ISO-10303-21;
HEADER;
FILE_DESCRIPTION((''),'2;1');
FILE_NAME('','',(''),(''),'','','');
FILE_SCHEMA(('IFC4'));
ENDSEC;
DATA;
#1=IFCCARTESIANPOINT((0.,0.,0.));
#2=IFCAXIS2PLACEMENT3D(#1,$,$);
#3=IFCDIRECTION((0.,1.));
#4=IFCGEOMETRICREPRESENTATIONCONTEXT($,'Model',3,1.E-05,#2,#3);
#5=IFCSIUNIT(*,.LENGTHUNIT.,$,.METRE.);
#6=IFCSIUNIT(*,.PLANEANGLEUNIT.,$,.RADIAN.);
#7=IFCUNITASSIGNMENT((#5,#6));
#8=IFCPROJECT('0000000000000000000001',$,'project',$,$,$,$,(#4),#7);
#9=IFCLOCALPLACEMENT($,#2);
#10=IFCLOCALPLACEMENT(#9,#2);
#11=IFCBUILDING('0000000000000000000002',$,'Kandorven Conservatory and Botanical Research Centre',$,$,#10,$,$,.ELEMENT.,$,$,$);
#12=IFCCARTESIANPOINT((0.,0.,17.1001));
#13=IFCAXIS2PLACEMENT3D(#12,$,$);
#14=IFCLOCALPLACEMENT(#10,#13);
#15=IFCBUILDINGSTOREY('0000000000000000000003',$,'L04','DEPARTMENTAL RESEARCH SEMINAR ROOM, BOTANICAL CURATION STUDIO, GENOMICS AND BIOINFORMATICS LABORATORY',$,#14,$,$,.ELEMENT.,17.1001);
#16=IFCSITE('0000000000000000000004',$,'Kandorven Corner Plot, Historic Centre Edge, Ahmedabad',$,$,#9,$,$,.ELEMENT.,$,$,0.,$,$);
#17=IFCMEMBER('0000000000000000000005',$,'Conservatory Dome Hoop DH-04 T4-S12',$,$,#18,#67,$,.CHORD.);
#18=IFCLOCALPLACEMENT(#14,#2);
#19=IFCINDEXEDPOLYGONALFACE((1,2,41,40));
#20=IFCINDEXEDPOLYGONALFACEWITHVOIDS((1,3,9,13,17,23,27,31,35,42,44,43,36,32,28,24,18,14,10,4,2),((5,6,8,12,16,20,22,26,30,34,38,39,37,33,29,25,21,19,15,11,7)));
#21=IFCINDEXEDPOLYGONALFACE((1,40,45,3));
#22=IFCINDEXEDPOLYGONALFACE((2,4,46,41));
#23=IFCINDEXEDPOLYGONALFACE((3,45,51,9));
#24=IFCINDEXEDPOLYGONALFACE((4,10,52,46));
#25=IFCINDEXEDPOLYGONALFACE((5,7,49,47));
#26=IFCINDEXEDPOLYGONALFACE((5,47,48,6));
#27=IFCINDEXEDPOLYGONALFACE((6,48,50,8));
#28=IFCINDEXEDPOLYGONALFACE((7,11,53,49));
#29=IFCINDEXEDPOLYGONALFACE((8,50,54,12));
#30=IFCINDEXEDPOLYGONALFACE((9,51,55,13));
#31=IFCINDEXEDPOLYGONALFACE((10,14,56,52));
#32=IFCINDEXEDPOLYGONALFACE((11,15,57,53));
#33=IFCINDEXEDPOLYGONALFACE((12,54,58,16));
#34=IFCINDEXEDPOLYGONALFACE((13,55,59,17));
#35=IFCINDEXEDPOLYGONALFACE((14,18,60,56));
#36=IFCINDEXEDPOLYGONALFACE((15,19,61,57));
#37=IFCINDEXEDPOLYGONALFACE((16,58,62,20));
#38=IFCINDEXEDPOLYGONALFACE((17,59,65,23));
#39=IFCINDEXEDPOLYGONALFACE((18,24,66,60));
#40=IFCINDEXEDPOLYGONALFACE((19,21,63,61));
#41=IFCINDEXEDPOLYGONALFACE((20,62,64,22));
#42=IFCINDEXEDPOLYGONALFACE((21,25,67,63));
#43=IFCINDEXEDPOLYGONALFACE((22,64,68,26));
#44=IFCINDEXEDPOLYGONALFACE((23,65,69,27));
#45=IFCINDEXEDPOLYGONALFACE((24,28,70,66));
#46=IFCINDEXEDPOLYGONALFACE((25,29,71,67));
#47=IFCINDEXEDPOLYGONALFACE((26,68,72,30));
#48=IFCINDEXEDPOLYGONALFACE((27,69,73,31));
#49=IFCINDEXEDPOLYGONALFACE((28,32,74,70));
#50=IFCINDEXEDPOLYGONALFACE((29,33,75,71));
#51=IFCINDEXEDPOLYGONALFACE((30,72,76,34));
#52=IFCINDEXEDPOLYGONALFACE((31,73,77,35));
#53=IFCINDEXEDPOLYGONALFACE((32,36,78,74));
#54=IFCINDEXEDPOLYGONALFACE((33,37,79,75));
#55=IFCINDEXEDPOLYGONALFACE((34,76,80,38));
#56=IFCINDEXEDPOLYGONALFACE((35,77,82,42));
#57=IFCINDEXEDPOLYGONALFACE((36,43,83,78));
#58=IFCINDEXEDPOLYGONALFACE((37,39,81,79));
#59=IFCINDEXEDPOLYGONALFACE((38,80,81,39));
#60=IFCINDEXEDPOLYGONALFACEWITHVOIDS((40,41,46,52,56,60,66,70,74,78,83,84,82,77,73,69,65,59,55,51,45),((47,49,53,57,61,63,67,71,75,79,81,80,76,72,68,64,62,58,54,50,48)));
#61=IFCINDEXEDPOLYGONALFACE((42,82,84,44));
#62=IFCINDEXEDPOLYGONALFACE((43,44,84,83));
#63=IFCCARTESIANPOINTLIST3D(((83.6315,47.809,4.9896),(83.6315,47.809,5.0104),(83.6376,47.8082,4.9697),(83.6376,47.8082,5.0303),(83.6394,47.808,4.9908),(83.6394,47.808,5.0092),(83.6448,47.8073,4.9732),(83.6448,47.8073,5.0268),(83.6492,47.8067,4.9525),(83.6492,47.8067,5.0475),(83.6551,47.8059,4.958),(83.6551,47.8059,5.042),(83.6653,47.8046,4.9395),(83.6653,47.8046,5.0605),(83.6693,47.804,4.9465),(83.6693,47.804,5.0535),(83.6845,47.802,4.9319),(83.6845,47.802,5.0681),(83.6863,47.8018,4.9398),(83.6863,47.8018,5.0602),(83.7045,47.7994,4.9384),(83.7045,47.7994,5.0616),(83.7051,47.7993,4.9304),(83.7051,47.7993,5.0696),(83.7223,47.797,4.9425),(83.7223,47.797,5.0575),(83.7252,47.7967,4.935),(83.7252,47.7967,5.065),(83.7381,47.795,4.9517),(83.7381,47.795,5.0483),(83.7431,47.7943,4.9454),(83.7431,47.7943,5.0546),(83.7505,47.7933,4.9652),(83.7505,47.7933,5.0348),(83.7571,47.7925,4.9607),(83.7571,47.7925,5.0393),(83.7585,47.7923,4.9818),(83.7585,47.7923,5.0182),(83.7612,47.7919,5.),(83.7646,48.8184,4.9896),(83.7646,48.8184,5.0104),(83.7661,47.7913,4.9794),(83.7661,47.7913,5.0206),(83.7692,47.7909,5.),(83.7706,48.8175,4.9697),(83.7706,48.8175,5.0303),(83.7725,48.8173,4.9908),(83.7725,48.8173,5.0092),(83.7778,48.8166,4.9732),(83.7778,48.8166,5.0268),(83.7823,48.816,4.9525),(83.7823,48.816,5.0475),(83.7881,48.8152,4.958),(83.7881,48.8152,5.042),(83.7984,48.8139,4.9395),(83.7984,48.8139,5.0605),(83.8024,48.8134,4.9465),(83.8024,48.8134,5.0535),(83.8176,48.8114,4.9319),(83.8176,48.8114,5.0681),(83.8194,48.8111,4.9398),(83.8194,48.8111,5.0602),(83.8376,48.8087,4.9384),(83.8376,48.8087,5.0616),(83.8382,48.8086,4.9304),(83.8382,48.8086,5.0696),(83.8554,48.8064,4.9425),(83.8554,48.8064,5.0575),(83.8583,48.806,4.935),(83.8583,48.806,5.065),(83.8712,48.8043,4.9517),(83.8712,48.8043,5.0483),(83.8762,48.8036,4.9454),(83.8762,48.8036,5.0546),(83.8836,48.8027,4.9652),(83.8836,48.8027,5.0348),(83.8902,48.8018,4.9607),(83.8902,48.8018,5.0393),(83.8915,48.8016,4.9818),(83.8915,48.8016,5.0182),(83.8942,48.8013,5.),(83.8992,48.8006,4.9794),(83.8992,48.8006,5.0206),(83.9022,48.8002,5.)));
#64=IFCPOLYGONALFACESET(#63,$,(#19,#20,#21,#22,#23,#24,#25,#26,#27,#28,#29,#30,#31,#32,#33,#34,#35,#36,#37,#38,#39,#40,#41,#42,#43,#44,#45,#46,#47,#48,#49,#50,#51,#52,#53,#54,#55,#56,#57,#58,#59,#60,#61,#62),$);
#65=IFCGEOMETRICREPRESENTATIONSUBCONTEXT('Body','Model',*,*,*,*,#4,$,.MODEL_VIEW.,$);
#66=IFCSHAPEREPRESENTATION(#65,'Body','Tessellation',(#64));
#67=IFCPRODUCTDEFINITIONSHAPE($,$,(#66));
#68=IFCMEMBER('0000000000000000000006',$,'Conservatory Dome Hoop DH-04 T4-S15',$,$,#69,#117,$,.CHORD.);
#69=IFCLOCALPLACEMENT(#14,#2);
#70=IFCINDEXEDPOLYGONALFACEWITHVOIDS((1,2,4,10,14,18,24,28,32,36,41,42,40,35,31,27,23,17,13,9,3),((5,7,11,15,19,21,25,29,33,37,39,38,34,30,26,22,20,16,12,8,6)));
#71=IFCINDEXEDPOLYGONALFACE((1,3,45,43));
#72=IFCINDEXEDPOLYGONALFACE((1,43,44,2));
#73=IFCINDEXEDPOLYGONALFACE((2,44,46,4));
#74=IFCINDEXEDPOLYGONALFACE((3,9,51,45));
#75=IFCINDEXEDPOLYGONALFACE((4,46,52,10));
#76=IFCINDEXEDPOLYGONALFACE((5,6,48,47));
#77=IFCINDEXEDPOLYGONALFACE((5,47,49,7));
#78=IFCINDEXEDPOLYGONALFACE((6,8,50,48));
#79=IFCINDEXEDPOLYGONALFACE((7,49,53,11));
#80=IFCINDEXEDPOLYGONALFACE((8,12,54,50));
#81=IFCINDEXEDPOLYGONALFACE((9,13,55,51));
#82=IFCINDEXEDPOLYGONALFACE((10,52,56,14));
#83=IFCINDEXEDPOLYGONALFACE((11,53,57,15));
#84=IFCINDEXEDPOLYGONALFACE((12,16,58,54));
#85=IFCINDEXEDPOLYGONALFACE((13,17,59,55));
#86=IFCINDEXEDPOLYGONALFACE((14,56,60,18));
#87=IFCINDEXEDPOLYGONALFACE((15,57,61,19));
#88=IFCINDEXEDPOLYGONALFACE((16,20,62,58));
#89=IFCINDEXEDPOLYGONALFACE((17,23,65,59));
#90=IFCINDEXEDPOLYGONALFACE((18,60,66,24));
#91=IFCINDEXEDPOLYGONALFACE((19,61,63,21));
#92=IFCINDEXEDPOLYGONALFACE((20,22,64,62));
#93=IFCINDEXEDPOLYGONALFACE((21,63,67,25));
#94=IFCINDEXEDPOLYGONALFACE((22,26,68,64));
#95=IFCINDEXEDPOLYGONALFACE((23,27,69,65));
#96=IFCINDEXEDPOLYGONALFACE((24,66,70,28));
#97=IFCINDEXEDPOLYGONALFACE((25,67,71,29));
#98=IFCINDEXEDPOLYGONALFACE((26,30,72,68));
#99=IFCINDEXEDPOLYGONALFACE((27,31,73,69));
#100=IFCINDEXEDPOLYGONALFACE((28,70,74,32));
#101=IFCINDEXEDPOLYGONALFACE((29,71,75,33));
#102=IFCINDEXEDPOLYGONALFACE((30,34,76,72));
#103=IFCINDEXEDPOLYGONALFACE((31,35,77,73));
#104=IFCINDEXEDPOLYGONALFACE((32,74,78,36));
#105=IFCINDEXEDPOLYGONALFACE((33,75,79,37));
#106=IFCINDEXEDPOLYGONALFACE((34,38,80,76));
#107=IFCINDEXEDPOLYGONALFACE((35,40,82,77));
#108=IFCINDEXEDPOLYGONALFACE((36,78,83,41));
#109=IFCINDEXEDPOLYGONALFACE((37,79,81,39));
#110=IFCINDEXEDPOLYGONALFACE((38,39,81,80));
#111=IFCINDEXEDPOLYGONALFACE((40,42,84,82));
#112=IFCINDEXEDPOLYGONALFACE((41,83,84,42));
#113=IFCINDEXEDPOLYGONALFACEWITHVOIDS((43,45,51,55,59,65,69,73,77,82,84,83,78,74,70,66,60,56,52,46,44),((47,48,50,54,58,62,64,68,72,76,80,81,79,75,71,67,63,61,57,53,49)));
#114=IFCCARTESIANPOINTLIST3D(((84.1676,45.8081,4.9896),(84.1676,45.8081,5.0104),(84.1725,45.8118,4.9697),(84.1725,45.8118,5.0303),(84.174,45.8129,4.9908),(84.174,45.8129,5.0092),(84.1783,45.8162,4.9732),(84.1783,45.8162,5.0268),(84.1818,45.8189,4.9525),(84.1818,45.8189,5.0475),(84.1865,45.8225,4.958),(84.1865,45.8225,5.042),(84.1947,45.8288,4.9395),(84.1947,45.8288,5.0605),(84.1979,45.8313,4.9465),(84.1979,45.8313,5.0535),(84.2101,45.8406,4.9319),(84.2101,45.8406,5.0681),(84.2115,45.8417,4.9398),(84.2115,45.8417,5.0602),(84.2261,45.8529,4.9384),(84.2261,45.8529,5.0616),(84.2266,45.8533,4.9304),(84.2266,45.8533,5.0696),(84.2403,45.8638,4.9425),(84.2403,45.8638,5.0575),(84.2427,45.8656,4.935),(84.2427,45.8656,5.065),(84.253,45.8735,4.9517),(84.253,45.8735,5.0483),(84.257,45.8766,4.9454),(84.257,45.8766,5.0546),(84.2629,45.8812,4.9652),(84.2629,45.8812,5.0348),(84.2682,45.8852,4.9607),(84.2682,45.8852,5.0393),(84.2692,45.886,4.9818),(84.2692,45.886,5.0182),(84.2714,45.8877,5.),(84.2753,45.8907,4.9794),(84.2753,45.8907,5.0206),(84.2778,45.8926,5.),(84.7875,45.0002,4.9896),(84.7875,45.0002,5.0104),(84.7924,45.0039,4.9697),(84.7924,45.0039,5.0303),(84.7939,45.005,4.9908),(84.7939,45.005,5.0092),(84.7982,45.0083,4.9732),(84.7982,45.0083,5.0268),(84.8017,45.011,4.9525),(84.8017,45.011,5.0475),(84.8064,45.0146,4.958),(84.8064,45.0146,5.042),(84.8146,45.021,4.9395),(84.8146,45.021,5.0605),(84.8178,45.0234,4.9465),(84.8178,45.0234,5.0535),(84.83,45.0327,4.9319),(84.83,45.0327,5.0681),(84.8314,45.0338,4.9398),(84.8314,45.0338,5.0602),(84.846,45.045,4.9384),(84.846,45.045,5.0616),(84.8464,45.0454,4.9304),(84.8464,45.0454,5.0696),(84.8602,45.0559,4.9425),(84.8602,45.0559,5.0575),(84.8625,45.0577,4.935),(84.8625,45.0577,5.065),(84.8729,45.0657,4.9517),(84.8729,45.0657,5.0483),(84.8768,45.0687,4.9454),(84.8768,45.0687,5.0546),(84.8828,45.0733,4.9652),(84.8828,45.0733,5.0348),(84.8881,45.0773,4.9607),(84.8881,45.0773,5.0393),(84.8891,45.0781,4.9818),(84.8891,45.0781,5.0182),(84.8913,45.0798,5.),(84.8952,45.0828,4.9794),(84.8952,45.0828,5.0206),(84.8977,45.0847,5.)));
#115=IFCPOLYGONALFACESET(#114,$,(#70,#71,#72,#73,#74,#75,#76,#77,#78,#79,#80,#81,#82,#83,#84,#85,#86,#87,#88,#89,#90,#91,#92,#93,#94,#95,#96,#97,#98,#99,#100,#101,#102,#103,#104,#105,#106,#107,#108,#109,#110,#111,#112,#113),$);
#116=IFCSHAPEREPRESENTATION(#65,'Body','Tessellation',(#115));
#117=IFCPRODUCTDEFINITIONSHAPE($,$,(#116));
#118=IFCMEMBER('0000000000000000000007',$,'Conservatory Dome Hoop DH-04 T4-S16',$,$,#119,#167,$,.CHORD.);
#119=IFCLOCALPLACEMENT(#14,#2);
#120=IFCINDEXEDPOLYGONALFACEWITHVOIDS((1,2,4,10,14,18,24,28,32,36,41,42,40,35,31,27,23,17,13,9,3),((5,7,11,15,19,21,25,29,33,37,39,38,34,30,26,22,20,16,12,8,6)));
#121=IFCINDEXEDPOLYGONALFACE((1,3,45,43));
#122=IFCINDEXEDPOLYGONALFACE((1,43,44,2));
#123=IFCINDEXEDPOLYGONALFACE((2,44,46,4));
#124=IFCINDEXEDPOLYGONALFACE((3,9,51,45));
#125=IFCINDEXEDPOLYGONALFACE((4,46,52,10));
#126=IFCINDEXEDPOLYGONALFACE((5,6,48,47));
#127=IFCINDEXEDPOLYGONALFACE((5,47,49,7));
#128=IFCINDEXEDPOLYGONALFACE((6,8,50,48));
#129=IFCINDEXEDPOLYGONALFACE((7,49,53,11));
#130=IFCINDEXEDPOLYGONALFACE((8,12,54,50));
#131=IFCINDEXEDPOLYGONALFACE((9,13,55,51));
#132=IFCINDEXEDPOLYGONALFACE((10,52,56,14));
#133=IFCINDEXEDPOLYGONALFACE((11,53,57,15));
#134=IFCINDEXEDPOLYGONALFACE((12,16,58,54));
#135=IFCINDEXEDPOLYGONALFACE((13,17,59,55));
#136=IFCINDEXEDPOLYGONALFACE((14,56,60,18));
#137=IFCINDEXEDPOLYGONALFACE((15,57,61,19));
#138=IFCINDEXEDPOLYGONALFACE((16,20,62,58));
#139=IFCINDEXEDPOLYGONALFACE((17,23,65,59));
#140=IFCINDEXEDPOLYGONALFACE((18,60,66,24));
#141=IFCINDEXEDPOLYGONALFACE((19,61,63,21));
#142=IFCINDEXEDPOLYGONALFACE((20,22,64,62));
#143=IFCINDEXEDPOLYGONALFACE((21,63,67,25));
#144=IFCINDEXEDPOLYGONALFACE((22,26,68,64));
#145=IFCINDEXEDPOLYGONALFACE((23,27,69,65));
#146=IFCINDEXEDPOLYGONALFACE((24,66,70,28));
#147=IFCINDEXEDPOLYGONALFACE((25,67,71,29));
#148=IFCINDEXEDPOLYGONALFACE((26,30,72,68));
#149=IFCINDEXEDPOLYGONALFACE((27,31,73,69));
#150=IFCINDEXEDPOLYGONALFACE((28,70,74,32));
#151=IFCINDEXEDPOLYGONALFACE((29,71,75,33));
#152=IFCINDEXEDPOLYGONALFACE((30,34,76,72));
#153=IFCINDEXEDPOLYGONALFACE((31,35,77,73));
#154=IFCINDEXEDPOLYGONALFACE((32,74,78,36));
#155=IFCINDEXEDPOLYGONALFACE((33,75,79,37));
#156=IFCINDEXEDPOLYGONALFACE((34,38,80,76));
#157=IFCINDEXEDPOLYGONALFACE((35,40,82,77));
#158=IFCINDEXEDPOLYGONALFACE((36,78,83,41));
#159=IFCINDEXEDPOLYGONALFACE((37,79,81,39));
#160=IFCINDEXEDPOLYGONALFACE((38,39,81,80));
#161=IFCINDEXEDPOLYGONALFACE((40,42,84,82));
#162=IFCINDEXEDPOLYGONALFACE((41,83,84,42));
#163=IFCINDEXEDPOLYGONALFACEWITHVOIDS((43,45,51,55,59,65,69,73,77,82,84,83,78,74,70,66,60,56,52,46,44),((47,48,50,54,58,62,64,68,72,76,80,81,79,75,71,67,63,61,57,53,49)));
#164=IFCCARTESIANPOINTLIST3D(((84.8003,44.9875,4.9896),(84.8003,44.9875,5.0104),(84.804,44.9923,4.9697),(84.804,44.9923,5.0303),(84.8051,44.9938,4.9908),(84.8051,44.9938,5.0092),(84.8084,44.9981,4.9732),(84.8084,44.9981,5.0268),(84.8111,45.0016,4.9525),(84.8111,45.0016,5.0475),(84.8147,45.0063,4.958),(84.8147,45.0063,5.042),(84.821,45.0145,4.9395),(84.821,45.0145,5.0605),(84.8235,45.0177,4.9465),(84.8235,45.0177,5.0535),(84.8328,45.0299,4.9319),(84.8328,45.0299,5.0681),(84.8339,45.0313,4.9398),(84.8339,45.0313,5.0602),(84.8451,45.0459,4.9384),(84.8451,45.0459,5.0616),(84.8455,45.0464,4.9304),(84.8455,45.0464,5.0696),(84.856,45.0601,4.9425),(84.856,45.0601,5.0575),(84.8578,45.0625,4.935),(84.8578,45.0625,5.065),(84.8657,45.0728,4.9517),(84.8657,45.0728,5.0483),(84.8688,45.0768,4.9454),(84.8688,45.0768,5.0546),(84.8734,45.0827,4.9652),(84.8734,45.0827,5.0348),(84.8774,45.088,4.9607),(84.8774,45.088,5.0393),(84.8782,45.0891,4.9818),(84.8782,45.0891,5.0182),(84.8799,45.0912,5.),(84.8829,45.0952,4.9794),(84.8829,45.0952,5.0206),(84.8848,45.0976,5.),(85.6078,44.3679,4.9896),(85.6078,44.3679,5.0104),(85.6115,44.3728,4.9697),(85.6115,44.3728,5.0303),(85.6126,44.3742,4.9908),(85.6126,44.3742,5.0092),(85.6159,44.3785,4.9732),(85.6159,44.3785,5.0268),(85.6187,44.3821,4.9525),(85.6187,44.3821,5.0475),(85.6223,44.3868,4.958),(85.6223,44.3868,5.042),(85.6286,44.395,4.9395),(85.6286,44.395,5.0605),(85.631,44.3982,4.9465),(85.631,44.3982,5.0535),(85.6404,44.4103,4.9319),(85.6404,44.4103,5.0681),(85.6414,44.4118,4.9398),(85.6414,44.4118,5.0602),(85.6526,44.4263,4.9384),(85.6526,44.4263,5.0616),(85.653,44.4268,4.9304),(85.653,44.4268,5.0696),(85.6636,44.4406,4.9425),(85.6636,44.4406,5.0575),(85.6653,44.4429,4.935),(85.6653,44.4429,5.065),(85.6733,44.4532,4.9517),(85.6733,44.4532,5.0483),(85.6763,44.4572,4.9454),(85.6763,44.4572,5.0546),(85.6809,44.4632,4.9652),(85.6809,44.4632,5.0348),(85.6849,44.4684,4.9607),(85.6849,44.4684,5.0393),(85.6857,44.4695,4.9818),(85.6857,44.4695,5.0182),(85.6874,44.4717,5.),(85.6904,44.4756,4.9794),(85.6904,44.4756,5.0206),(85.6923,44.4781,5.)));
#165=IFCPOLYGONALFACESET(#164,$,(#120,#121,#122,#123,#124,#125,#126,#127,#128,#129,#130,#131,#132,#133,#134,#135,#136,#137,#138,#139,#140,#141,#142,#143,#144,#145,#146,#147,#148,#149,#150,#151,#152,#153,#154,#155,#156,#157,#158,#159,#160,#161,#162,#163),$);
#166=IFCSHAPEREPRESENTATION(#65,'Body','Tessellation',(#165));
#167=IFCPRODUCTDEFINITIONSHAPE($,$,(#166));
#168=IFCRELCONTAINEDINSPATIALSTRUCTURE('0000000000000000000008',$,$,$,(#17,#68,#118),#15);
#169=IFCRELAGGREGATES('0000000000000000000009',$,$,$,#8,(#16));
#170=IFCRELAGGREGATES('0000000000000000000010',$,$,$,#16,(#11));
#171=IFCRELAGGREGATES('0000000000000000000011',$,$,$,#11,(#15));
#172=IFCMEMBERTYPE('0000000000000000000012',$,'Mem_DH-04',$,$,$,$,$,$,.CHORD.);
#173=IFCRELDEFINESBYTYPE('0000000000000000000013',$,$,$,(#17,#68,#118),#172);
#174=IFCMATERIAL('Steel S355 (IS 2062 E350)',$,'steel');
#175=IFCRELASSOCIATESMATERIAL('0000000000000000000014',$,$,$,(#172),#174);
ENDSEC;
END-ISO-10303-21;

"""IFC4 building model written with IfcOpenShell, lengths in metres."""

from ifc_helpers import new_model, si_unit, direction, frame, origin, origin_2d, place, context, subcontext, project, spatial, hollow_circle, extrude, material, material_profile, profile_set, type_object, element, save


model = new_model("IFC4")

# Units and contexts
model_context = context("Model", 3, precision=1e-05, world=origin(), true_north=direction((0.0, 1.0)))
body_context = subcontext(model_context, "Body", "Model", "MODEL_VIEW")
ifc_project = project(units=[si_unit("LENGTHUNIT", "METRE"), si_unit("PLANEANGLEUNIT", "RADIAN")], contexts=[model_context])

# Site, building, storey
site_placement = place(None, origin())
site = spatial("IfcSite", under=ifc_project, at=site_placement, Name="Kandorven Corner Plot, Historic Centre Edge, Ahmedabad", CompositionType="ELEMENT", RefElevation=0.0)
building_placement = place(site_placement, origin())
building = spatial("IfcBuilding", under=site, at=building_placement, Name="Kandorven Conservatory and Botanical Research Centre", CompositionType="ELEMENT")
storey_placement = place(building_placement, frame((0.0, 0.0, 17.1001)))
storey = spatial("IfcBuildingStorey", under=building, at=storey_placement, Name="L04", Description="DEPARTMENTAL RESEARCH SEMINAR ROOM, BOTANICAL CURATION STUDIO, GENOMICS AND BIOINFORMATICS LABORATORY", CompositionType="ELEMENT", Elevation=17.1001)

# Members
ifc_material_1 = material(Name="Steel S355 (IS 2062 E350)", Category="steel")
ifc_material_profile_1 = material_profile(ifc_material_1, hollow_circle(Radius=0.0698, WallThickness=0.0081, at=origin_2d()))
ifc_profile_set_1 = profile_set([ifc_material_profile_1], Name="Steel S355 (IS 2062 E350)")
member_type_1 = type_object("IfcMemberType", Name="Mem_DH-04", PredefinedType="CHORD", material=ifc_profile_set_1)
for number, where, z_axis, x_axis, name in (
    (1, (83.833, 48.8093, 5.0), (-0.130703, -0.991422, 0.0), (0.991422, -0.130703, 0.0), "Conservatory Dome Hoop DH-04 T4-S12"),
):
    element("IfcMember", number, at=place(storey_placement, frame(where, z_axis=z_axis, x_axis=x_axis)), inside=storey, type_object=member_type_1, Name=name, PredefinedType="CHORD", context=body_context, shape_type="SweptSolid", body=[
        extrude(hollow_circle(Radius=0.0698, WallThickness=0.0081, at=origin_2d()), origin(), (0.0, 0.0, 1.0), 1.0181),
    ])
member_1_placement = place(storey_placement, frame((84.2224, 45.8501, 5.0), z_axis=(0.608749, -0.793363, 0.0), x_axis=(0.793363, 0.608749, 0.0)))
element("IfcMember", 2, at=member_1_placement, inside=storey, type_object=member_type_1, Name="Conservatory Dome Hoop DH-04 T4-S15", PredefinedType="CHORD", context=body_context, shape_type="SweptSolid", body=[
    extrude(hollow_circle(Radius=0.0698, WallThickness=0.0081, at=origin_2d()), origin(), (0.0, 0.0, 1.0), 1.0183),
])
member_2_placement = place(storey_placement, frame((84.8423, 45.0422, 5.0), z_axis=(0.79339, -0.608713, 0.0), x_axis=(0.608713, 0.79339, 0.0)))
element("IfcMember", 3, at=member_2_placement, inside=storey, type_object=member_type_1, Name="Conservatory Dome Hoop DH-04 T4-S16", PredefinedType="CHORD", context=body_context, shape_type="SweptSolid", body=[
    extrude(hollow_circle(Radius=0.0698, WallThickness=0.0081, at=origin_2d()), origin(), (0.0, 0.0, 1.0), 1.0178),
])

save(model, "model.ifc")
